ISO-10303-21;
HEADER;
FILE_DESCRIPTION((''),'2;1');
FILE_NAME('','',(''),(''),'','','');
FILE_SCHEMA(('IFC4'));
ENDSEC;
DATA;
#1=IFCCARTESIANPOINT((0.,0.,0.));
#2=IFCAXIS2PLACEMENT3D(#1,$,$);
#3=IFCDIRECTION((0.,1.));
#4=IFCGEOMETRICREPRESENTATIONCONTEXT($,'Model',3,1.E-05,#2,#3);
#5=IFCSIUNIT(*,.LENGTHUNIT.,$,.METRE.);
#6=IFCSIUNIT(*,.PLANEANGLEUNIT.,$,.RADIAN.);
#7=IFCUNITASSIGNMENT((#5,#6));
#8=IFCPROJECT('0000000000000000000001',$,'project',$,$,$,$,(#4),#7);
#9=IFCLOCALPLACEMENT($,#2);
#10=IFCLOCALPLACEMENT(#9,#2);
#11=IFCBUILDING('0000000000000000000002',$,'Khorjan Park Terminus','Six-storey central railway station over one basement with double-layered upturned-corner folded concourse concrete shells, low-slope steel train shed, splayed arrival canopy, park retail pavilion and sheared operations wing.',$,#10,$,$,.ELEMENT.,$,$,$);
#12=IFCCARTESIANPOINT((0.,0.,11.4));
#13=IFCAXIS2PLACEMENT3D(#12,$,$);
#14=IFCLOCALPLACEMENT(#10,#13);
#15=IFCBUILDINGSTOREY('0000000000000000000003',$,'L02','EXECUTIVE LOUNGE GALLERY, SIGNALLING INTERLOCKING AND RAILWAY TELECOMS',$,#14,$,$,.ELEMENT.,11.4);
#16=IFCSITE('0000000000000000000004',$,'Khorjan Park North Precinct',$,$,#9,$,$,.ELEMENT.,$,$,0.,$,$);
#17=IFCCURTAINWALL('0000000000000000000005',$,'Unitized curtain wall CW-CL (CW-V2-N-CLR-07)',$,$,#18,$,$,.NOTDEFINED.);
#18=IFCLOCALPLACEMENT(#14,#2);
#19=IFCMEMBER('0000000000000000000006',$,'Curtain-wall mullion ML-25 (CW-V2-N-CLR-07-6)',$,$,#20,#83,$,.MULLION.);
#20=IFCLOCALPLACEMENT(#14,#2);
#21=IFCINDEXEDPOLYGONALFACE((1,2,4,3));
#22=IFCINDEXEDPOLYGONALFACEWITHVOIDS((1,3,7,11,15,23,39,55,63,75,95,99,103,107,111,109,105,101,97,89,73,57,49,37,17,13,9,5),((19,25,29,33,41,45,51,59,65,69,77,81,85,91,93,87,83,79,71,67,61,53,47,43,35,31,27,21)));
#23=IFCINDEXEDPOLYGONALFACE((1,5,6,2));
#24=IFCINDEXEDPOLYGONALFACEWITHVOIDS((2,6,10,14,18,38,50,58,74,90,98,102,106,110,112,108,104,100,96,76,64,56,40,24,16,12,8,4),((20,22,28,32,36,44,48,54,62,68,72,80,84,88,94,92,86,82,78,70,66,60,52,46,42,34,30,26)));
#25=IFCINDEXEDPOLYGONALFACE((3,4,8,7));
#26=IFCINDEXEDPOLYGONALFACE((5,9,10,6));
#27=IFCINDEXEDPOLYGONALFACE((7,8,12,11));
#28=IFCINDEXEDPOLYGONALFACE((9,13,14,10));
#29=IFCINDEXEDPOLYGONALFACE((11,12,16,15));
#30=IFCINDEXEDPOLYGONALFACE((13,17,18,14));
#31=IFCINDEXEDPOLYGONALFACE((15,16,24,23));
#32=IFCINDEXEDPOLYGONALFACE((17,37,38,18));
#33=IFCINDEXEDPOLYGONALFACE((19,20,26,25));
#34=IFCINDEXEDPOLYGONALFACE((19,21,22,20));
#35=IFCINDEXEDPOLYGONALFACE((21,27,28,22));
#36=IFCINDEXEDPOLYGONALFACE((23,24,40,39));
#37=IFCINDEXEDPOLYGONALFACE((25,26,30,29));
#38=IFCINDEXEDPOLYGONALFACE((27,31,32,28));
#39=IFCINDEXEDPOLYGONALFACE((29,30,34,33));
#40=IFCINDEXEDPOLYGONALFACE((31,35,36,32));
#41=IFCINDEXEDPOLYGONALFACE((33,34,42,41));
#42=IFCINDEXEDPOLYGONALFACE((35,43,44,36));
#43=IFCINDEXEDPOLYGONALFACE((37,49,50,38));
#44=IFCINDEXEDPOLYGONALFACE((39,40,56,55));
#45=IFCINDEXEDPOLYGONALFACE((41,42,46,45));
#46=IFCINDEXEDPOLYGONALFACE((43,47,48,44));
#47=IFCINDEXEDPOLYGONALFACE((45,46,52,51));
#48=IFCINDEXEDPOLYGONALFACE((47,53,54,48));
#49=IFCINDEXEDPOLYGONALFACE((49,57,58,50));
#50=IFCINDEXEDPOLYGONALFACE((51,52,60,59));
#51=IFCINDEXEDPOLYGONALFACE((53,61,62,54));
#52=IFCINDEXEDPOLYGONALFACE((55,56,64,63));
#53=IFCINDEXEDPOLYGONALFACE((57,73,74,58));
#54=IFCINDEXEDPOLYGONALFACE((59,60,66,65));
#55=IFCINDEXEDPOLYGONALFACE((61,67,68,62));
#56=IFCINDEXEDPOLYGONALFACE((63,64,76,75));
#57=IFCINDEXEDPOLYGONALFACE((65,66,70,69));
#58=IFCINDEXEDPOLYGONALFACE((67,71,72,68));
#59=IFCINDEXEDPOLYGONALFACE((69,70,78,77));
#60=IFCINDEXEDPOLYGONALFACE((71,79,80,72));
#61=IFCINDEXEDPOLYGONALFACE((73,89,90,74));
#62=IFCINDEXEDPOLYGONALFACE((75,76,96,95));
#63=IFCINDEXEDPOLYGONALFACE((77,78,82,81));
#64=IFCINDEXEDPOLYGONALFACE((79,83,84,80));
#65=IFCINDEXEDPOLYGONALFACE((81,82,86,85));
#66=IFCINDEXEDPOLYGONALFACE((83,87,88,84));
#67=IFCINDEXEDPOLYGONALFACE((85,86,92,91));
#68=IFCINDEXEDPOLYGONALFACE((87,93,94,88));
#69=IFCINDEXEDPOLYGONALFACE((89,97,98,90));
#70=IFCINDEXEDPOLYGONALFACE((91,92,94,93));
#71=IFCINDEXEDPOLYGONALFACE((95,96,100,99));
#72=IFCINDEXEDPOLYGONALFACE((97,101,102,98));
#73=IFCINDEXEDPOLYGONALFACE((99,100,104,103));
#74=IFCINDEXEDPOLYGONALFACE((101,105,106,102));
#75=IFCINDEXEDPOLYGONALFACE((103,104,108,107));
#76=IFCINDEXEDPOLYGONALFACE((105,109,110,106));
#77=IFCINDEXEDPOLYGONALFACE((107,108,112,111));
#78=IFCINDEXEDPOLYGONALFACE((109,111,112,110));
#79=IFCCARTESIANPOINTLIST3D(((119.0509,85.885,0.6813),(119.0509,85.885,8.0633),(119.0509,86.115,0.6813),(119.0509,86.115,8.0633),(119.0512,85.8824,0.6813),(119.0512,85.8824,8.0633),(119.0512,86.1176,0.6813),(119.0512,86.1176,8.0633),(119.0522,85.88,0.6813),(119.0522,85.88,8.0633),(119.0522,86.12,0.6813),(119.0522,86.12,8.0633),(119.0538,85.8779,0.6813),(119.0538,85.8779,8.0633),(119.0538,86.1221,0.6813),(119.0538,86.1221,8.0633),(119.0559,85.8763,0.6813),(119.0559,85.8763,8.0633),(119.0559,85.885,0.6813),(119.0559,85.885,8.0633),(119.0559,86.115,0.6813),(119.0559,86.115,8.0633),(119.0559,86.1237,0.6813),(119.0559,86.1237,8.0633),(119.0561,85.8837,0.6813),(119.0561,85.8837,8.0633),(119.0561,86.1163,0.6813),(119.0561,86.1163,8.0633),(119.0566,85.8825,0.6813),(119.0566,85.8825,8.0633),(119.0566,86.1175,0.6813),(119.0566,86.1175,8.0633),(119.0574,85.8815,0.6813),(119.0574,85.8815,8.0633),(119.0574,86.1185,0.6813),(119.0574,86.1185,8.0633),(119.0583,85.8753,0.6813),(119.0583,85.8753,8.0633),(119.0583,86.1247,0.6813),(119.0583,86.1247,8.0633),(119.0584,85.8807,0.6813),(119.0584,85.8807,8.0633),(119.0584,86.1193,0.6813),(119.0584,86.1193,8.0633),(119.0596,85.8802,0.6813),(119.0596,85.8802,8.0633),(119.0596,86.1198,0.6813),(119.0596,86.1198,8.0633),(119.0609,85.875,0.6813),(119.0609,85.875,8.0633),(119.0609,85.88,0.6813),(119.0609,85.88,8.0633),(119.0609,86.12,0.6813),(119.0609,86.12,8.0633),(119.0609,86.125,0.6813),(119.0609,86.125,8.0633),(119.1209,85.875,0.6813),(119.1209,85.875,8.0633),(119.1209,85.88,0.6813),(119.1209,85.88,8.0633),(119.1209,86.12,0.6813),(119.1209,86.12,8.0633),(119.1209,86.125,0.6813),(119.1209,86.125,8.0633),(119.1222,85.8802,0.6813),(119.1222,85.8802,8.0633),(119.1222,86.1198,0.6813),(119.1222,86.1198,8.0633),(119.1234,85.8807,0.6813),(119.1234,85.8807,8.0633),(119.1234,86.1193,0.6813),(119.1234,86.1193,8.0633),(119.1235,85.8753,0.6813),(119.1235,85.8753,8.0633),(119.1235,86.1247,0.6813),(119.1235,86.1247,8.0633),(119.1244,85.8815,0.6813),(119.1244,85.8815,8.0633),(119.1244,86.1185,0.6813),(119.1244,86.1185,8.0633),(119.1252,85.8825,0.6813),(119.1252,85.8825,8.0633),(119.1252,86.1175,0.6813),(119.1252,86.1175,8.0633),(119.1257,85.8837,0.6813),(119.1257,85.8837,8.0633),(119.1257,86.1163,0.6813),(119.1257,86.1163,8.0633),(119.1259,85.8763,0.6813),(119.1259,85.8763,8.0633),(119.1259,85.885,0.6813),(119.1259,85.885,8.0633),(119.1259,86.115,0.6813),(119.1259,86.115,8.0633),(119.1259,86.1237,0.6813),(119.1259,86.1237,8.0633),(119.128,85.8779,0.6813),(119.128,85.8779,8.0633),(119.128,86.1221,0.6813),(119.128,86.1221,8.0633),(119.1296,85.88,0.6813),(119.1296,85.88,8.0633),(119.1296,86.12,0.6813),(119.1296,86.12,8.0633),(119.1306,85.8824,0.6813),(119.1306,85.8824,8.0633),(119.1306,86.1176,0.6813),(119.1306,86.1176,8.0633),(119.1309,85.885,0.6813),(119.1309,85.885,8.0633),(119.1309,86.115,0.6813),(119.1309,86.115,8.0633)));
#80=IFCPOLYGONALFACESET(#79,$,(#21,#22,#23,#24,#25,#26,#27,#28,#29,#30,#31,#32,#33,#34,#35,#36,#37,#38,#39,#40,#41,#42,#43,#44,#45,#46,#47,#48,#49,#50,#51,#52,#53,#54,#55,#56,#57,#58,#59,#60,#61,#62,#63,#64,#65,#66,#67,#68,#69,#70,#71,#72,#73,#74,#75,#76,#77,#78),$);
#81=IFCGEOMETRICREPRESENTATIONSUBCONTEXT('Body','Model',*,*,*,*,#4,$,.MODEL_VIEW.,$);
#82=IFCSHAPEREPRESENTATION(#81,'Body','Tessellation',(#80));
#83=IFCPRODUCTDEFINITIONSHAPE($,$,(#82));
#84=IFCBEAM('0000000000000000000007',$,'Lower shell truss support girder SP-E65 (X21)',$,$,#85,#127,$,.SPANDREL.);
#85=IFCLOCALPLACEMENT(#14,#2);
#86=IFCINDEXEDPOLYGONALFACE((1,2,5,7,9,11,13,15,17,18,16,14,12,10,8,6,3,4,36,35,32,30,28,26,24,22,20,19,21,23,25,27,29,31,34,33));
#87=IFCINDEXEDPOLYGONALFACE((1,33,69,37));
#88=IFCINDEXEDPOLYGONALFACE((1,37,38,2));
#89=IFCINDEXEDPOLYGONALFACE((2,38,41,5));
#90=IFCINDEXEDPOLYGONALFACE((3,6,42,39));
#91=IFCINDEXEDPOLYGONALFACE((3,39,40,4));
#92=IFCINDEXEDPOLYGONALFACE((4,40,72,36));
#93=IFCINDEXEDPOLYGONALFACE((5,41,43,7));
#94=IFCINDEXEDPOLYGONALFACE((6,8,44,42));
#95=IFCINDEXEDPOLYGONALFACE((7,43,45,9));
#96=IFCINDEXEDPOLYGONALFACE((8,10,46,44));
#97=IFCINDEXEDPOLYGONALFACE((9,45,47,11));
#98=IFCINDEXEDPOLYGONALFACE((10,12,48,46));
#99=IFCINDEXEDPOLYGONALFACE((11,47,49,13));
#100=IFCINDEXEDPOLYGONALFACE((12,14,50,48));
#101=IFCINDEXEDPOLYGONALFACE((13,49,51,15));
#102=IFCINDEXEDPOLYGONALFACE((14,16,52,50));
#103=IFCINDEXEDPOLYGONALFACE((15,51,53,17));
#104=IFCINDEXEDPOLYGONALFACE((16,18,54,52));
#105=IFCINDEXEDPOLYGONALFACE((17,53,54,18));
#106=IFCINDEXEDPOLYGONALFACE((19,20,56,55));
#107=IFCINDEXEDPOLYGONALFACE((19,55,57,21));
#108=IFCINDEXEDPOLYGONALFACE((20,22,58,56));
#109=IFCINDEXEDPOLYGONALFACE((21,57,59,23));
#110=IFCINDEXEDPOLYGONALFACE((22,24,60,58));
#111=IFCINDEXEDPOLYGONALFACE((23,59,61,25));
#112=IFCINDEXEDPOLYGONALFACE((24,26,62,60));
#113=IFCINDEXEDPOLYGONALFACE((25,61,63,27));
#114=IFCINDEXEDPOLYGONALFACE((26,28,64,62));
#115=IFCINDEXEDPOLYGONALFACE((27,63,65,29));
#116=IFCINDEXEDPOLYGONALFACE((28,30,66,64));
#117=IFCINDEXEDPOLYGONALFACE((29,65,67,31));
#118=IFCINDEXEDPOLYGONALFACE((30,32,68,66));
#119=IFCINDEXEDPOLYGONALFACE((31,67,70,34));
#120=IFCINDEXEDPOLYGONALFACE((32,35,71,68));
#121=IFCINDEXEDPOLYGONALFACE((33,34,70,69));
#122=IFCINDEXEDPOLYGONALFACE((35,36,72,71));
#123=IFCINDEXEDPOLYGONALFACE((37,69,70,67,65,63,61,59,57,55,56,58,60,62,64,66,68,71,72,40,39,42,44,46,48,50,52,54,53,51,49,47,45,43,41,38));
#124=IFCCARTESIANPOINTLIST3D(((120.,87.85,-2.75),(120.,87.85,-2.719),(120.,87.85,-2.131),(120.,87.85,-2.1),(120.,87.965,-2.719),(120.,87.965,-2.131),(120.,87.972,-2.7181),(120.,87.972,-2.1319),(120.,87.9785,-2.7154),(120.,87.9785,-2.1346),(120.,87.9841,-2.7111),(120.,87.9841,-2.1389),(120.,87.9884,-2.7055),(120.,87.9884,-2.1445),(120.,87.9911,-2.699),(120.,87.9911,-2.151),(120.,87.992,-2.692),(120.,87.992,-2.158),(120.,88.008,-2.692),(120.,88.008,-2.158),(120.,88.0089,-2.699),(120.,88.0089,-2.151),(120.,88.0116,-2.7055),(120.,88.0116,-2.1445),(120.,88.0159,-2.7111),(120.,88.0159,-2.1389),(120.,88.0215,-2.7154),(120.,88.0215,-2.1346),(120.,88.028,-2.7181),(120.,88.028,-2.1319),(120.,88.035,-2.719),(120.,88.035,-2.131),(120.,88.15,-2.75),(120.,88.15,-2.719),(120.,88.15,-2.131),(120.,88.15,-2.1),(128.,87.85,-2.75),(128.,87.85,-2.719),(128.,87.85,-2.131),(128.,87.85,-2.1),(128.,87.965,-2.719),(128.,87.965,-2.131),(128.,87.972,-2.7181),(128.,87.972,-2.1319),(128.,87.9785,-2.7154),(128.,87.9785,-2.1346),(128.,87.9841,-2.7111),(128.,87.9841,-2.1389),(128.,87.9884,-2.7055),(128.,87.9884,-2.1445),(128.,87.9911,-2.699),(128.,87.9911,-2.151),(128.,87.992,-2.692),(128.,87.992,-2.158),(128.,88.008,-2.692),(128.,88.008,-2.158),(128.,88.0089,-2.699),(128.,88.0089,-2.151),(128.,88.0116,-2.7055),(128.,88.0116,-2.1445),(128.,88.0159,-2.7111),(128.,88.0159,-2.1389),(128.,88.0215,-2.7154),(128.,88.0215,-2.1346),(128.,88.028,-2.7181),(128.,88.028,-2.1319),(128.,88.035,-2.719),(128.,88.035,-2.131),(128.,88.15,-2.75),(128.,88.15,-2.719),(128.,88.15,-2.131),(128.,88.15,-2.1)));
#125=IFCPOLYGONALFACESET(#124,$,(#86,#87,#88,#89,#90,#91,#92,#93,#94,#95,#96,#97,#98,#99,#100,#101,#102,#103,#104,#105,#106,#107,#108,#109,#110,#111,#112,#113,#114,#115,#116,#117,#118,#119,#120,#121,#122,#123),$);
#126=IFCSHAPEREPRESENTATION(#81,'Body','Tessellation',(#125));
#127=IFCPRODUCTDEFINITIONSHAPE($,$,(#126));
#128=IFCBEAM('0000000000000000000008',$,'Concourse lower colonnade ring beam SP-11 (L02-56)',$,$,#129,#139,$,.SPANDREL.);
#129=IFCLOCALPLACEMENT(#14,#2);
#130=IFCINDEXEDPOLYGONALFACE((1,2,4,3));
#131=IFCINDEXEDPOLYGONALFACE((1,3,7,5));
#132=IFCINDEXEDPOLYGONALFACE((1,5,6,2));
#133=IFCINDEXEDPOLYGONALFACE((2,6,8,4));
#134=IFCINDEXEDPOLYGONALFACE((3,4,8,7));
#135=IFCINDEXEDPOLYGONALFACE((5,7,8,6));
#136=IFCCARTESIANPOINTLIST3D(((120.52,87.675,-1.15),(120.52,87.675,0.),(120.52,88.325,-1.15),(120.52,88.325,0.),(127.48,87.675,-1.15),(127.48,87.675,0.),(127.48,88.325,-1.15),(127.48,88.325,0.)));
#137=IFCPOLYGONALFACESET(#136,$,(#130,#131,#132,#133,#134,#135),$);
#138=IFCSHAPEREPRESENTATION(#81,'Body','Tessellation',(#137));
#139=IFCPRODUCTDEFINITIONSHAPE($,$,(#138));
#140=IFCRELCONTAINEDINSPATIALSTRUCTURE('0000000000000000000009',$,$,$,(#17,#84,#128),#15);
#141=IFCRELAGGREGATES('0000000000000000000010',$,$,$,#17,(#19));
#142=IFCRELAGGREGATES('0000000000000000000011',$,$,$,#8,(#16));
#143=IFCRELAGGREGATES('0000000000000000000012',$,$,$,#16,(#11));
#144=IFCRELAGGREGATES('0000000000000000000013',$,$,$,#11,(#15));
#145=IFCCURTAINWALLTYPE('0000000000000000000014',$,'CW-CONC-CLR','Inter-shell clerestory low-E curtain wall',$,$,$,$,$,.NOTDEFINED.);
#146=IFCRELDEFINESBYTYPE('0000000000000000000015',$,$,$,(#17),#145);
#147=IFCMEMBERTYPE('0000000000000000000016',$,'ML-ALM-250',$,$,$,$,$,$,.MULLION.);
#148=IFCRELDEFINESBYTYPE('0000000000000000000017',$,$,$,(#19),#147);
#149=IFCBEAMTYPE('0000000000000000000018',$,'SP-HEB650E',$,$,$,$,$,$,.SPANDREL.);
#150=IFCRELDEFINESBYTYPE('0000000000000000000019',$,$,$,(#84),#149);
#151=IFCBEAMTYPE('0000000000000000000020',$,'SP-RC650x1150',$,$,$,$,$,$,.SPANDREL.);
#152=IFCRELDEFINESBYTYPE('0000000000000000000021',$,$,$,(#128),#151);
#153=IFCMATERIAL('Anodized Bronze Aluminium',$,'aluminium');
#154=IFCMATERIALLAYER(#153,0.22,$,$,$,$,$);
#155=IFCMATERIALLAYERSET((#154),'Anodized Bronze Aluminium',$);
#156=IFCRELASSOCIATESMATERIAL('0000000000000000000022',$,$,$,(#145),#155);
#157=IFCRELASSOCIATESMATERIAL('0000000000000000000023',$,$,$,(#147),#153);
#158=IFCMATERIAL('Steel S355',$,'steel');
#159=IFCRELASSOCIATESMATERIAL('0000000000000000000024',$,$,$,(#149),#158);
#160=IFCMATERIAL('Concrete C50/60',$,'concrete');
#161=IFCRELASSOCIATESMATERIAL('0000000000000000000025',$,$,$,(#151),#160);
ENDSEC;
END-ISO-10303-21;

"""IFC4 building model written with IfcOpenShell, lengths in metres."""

from ifc_helpers import new_model, si_unit, direction, frame, origin, origin_2d, place, context, subcontext, project, spatial, rectangle, hollow_rectangle, i_section, extrude, material, layer, layer_set, material_profile, profile_set, type_object, element, aggregate, save


model = new_model("IFC4")

# Units and contexts
model_context = context("Model", 3, precision=1e-05, world=origin(), true_north=direction((0.0, 1.0)))
body_context = subcontext(model_context, "Body", "Model", "MODEL_VIEW")
ifc_project = project(units=[si_unit("LENGTHUNIT", "METRE"), si_unit("PLANEANGLEUNIT", "RADIAN")], contexts=[model_context])

# Site, building, storey
site_placement = place(None, origin())
site = spatial("IfcSite", under=ifc_project, at=site_placement, Name="Khorjan Park North Precinct", CompositionType="ELEMENT", RefElevation=0.0)
building_placement = place(site_placement, origin())
building = spatial("IfcBuilding", under=site, at=building_placement, Name="Khorjan Park Terminus", Description="Six-storey central railway station over one basement with double-layered upturned-corner folded concourse concrete shells, low-slope steel train shed, splayed arrival canopy, park retail pavilion and sheared operations wing.", CompositionType="ELEMENT")
storey_placement = place(building_placement, frame((0.0, 0.0, 11.4)))
storey = spatial("IfcBuildingStorey", under=building, at=storey_placement, Name="L02", Description="EXECUTIVE LOUNGE GALLERY, SIGNALLING INTERLOCKING AND RAILWAY TELECOMS", CompositionType="ELEMENT", Elevation=11.4)

# Shared definitions
ifc_material_1 = material(Name="Concrete C50/60", Category="concrete")

# Shared definitions
ifc_material_2 = material(Name="Steel S355", Category="steel")

# Curtain wall, member
ifc_material_3 = material(Name="Anodized Bronze Aluminium", Category="aluminium")
ifc_layer_1 = layer(ifc_material_3, 0.22)
ifc_layer_set_1 = layer_set([ifc_layer_1], Name="Anodized Bronze Aluminium")
curtain_wall_type = type_object("IfcCurtainWallType", Name="CW-CONC-CLR", Description="Inter-shell clerestory low-E curtain wall", PredefinedType="NOTDEFINED", material=ifc_layer_set_1)
curtain_wall_placement = place(storey_placement, origin())
curtain_wall = element("IfcCurtainWall", 1, at=curtain_wall_placement, inside=storey, type_object=curtain_wall_type, Name="Unitized curtain wall CW-CL (CW-V2-N-CLR-07)", PredefinedType="NOTDEFINED")
ifc_material_profile_1 = material_profile(ifc_material_3, hollow_rectangle(XDim=0.08, YDim=0.25, WallThickness=0.005, InnerFilletRadius=0.005, OuterFilletRadius=0.01, at=origin_2d()), Name="ALM 80x250x5")
ifc_profile_set_1 = profile_set([ifc_material_profile_1], Name="Anodized Bronze Aluminium")
member_type_1 = type_object("IfcMemberType", Name="ML-ALM-250", PredefinedType="MULLION", material=ifc_profile_set_1)
member_1_placement = place(storey_placement, frame((119.0909, 86.0, 0.6813), z_axis=(0.0, 0.0, 1.0), x_axis=(-1.0, 0.0, 0.0)))
member_1 = element("IfcMember", 2, at=member_1_placement, type_object=member_type_1, Name="Curtain-wall mullion ML-25 (CW-V2-N-CLR-07-6)", PredefinedType="MULLION", context=body_context, shape_type="SweptSolid", body=[
    extrude(hollow_rectangle(XDim=0.08, YDim=0.25, WallThickness=0.005, InnerFilletRadius=0.005, OuterFilletRadius=0.01, at=origin_2d()), origin(), (0.0, 0.0, 1.0), 7.382),
])

# Beams
ifc_material_profile_2 = material_profile(ifc_material_2, i_section(OverallWidth=0.3, OverallDepth=0.65, WebThickness=0.016, FlangeThickness=0.031, FilletRadius=0.027, at=origin_2d()), Name="HEB 650")
ifc_profile_set_2 = profile_set([ifc_material_profile_2], Name="Steel S355")
beam_type_1 = type_object("IfcBeamType", Name="SP-HEB650E", PredefinedType="SPANDREL", material=ifc_profile_set_2)
beam_1_placement = place(storey_placement, frame((120.0, 88.0, -2.425), z_axis=(1.0, 0.0, 0.0), x_axis=(0.0, 1.0, 0.0)))
element("IfcBeam", 3, at=beam_1_placement, inside=storey, type_object=beam_type_1, Name="Lower shell truss support girder SP-E65 (X21)", PredefinedType="SPANDREL", context=body_context, shape_type="SweptSolid", body=[
    extrude(i_section(OverallWidth=0.3, OverallDepth=0.65, WebThickness=0.016, FlangeThickness=0.031, FilletRadius=0.027, at=origin_2d()), origin(), (0.0, 0.0, 1.0), 8.0),
])
ifc_material_profile_3 = material_profile(ifc_material_1, rectangle(XDim=0.65, YDim=1.15, at=origin_2d()), Name="RC 650x1150")
ifc_profile_set_3 = profile_set([ifc_material_profile_3], Name="Concrete C50/60")
beam_type_2 = type_object("IfcBeamType", Name="SP-RC650x1150", PredefinedType="SPANDREL", material=ifc_profile_set_3)
beam_2_placement = place(storey_placement, frame((120.52, 88.0, -0.575), z_axis=(1.0, 0.0, 0.0), x_axis=(0.0, 1.0, 0.0)))
element("IfcBeam", 4, at=beam_2_placement, inside=storey, type_object=beam_type_2, Name="Concourse lower colonnade ring beam SP-11 (L02-56)", PredefinedType="SPANDREL", context=body_context, shape_type="SweptSolid", body=[
    extrude(rectangle(XDim=0.65, YDim=1.15, at=origin_2d()), origin(), (0.0, 0.0, 1.0), 6.96),
])

aggregate(curtain_wall, [member_1])

save(model, "model.ifc")
